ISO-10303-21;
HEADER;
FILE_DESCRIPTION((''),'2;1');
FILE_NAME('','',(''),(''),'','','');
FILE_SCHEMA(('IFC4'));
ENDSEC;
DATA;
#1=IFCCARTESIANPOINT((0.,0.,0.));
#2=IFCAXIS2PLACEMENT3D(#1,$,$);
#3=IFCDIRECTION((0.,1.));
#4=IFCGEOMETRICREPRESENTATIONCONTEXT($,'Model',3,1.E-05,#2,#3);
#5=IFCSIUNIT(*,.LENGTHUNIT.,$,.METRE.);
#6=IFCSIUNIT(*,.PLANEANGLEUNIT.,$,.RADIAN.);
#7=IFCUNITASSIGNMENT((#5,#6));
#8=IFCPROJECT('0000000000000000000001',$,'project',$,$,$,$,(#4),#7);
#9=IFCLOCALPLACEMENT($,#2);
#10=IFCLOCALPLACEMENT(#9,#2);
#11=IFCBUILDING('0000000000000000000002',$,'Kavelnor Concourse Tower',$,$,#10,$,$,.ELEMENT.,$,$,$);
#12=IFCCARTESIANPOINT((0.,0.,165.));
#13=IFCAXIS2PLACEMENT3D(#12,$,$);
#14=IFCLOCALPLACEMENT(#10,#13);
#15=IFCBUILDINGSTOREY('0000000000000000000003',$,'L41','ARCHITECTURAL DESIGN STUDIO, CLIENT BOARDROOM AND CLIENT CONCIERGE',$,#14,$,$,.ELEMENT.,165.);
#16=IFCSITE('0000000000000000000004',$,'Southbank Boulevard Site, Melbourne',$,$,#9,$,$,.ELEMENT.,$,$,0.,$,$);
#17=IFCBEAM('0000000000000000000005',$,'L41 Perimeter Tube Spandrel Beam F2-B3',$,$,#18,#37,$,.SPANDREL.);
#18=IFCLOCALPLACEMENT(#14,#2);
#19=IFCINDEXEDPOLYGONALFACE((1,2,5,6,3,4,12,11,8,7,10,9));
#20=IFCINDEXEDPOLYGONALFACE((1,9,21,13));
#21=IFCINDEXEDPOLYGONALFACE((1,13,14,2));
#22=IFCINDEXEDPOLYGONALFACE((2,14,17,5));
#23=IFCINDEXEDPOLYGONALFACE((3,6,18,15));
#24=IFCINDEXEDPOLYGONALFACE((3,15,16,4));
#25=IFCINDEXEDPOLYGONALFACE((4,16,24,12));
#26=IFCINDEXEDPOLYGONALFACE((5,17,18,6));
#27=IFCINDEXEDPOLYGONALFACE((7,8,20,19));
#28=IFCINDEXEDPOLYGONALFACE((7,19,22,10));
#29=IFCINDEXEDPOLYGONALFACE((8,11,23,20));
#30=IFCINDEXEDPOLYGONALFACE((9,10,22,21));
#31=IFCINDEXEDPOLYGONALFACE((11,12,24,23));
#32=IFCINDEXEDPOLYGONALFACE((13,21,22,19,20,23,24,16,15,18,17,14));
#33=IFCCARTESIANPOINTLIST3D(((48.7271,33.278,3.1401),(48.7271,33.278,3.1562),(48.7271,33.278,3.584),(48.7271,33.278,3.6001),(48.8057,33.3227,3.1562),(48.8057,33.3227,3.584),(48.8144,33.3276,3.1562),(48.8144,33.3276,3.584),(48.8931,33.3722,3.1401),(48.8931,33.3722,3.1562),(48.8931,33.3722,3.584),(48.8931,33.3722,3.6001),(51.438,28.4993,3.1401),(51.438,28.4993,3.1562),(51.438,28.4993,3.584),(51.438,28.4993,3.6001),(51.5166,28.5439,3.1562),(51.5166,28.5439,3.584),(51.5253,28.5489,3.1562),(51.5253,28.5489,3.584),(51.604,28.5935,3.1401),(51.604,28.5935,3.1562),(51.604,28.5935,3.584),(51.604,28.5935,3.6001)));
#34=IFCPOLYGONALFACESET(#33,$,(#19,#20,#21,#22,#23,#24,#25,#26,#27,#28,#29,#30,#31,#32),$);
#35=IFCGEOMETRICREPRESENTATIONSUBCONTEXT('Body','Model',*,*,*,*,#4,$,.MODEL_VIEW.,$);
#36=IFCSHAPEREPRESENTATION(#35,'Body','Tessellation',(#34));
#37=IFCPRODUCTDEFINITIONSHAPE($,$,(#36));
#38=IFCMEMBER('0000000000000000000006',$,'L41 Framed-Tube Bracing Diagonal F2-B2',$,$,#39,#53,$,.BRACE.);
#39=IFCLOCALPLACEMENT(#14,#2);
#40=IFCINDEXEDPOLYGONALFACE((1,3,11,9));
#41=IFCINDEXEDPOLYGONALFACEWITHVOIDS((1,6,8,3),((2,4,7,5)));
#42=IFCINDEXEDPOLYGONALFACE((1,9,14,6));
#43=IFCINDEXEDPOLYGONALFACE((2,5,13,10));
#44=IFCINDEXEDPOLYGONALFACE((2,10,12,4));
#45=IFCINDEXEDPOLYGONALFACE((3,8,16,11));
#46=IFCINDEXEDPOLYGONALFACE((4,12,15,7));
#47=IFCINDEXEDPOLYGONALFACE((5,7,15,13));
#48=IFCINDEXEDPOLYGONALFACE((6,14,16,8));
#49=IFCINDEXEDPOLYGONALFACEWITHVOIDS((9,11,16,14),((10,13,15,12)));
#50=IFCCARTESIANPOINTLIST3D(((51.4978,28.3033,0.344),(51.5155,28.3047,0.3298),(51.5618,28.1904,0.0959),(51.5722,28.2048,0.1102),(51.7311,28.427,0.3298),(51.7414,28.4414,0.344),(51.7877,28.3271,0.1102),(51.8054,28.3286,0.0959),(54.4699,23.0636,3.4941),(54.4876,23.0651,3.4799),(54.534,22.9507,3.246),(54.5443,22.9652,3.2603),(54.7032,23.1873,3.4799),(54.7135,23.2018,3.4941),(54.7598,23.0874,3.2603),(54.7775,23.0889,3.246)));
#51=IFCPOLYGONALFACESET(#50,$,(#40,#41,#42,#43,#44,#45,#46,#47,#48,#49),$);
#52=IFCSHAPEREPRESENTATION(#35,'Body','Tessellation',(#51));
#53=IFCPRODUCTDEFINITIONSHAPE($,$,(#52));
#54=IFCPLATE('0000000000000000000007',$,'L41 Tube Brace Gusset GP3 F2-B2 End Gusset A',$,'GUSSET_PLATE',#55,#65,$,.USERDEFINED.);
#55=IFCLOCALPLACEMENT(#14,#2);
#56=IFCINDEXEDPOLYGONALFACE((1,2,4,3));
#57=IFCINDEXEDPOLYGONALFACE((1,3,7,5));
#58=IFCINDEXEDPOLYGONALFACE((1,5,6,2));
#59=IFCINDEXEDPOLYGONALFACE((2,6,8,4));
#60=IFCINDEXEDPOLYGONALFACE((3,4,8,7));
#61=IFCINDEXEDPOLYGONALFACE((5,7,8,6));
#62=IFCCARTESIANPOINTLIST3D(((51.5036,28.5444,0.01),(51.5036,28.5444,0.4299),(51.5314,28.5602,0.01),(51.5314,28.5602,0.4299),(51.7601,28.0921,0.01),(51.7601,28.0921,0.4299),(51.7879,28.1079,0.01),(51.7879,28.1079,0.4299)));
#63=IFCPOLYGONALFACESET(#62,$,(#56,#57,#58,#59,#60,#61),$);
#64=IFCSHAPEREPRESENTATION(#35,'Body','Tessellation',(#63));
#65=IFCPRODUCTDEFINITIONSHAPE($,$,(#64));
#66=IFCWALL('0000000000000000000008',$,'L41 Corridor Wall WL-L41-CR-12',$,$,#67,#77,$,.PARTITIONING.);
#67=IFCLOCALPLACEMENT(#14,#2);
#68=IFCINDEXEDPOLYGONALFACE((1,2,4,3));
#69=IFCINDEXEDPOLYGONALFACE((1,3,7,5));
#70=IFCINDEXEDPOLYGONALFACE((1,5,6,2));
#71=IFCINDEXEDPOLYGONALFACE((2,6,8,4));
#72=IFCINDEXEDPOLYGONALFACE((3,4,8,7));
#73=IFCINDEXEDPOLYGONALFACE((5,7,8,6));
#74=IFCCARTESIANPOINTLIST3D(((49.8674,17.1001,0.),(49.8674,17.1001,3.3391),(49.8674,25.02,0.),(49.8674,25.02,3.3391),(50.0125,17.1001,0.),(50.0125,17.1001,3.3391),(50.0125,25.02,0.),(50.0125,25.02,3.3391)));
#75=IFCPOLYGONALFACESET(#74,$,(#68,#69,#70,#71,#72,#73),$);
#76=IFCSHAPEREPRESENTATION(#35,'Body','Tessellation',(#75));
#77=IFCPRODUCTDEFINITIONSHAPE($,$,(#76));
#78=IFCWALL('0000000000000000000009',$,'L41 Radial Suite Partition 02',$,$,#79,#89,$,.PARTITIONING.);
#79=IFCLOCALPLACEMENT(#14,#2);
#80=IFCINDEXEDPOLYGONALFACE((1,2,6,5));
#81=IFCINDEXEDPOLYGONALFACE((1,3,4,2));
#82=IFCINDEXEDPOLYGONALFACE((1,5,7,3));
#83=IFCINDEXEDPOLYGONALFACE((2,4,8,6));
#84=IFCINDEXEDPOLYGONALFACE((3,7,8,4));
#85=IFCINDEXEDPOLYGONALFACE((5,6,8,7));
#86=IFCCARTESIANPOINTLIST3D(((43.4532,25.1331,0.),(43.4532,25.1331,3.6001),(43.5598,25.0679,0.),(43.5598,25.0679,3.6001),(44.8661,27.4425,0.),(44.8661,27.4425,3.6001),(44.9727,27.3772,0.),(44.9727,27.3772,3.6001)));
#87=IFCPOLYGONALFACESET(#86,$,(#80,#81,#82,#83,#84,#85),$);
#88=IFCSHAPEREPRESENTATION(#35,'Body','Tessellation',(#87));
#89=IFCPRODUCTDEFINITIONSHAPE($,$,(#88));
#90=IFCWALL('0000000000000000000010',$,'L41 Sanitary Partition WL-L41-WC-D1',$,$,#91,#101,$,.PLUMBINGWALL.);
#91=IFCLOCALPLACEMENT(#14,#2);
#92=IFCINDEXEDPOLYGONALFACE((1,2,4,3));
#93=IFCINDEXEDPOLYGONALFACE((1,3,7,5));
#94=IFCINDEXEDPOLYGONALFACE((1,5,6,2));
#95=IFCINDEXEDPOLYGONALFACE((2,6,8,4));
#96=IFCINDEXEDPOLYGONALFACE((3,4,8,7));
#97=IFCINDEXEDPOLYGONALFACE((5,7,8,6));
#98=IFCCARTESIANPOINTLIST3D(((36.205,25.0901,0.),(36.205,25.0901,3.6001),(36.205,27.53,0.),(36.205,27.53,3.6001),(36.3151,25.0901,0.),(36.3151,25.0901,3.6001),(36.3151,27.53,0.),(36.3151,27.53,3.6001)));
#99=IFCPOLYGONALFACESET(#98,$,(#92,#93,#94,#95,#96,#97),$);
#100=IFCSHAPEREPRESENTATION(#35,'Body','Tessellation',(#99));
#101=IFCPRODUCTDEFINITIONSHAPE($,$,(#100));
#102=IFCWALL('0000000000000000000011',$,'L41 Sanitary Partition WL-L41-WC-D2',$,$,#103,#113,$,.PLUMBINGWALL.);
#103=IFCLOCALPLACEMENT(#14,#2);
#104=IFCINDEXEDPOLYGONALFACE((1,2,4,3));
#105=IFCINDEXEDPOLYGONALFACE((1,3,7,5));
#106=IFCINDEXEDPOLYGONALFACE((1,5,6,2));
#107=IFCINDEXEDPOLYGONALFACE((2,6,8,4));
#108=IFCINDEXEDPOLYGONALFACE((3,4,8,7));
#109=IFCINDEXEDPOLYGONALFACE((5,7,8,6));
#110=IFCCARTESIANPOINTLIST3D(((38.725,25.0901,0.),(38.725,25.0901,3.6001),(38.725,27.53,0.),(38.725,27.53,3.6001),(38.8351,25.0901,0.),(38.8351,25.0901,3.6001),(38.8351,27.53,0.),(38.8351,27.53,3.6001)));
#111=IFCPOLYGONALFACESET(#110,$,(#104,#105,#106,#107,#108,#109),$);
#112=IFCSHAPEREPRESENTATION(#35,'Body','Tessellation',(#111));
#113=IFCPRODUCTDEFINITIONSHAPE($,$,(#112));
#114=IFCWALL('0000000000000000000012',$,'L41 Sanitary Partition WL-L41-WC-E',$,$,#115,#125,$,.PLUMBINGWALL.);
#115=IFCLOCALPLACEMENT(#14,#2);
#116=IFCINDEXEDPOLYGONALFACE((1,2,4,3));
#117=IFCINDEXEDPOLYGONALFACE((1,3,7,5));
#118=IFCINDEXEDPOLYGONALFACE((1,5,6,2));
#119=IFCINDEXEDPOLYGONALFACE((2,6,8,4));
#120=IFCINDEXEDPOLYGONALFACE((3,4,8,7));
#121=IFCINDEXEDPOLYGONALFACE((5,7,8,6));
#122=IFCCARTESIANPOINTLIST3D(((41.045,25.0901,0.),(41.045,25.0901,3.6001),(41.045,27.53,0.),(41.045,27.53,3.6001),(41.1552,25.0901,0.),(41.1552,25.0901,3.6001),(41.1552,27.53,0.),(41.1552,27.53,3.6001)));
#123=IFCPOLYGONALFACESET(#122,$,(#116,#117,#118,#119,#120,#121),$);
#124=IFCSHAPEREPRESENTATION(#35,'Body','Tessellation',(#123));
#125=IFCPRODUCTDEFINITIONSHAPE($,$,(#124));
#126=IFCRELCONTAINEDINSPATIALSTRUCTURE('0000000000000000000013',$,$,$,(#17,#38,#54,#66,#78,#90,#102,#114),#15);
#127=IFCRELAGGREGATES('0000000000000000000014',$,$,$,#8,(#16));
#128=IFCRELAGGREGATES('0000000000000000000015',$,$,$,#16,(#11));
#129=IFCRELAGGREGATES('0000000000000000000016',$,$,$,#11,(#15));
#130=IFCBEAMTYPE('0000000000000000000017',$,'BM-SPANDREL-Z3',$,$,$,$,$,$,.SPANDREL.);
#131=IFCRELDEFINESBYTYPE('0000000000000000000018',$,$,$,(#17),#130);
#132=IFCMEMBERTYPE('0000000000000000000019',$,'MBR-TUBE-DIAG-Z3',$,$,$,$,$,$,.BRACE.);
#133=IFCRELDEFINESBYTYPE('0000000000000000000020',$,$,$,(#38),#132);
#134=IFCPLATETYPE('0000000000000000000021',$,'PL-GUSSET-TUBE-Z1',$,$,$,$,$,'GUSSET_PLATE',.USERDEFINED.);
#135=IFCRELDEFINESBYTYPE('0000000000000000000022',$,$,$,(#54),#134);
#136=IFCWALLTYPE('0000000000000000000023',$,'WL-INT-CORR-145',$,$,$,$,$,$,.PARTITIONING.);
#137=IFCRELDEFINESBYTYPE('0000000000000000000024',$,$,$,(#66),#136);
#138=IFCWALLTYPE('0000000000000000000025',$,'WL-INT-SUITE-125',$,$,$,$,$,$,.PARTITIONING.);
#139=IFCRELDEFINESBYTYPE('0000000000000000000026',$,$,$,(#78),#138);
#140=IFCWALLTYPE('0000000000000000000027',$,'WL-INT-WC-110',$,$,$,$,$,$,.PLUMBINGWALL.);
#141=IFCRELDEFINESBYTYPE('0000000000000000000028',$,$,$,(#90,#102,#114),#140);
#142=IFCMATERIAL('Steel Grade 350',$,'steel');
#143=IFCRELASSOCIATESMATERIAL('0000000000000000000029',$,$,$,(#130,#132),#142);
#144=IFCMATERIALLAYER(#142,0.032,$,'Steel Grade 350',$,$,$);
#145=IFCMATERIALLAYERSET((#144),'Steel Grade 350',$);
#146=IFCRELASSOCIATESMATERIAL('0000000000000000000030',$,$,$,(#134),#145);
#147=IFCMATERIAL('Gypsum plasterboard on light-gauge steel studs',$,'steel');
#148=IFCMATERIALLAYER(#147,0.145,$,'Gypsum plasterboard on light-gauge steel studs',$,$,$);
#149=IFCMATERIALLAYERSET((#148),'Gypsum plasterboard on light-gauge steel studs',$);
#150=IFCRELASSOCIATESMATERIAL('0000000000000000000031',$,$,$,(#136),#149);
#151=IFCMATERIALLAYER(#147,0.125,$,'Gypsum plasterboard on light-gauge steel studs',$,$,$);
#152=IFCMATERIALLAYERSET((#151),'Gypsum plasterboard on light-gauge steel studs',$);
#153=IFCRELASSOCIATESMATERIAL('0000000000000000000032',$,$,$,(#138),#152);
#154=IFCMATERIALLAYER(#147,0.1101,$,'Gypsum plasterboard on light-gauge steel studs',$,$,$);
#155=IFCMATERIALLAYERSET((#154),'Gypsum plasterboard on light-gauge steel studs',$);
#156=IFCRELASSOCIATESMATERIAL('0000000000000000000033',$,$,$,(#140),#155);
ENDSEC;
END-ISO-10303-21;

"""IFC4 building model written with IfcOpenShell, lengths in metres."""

from ifc_helpers import new_model, si_unit, direction, frame, frame_2d, origin, origin_2d, place, context, subcontext, project, spatial, rectangle, hollow_rectangle, i_section, extrude, material, layer, layer_set, material_profile, profile_set, type_object, element, save


model = new_model("IFC4")

# Units and contexts
model_context = context("Model", 3, precision=1e-05, world=origin(), true_north=direction((0.0, 1.0)))
body_context = subcontext(model_context, "Body", "Model", "MODEL_VIEW")
ifc_project = project(units=[si_unit("LENGTHUNIT", "METRE"), si_unit("PLANEANGLEUNIT", "RADIAN")], contexts=[model_context])

# Site, building, storey
site_placement = place(None, origin())
site = spatial("IfcSite", under=ifc_project, at=site_placement, Name="Southbank Boulevard Site, Melbourne", CompositionType="ELEMENT", RefElevation=0.0)
building_placement = place(site_placement, origin())
building = spatial("IfcBuilding", under=site, at=building_placement, Name="Kavelnor Concourse Tower", CompositionType="ELEMENT")
storey_placement = place(building_placement, frame((0.0, 0.0, 165.0)))
storey = spatial("IfcBuildingStorey", under=building, at=storey_placement, Name="L41", Description="ARCHITECTURAL DESIGN STUDIO, CLIENT BOARDROOM AND CLIENT CONCIERGE", CompositionType="ELEMENT", Elevation=165.0)

# Shared definitions
ifc_material_1 = material(Name="Steel Grade 350", Category="steel")

# Beam
ifc_material_profile_1 = material_profile(ifc_material_1, i_section(OverallWidth=0.1909, OverallDepth=0.46, WebThickness=0.01, FlangeThickness=0.0161, at=origin_2d()), Name="460UB82")
ifc_profile_set_1 = profile_set([ifc_material_profile_1], Name="Steel Grade 350")
beam_type_1 = type_object("IfcBeamType", Name="BM-SPANDREL-Z3", PredefinedType="SPANDREL", material=ifc_profile_set_1)
beam_1_placement = place(storey_placement, frame((51.521, 28.5464, 3.3701), z_axis=(-0.493418, 0.869792, 0.0), x_axis=(-0.869792, -0.493418, 0.0)))
element("IfcBeam", 1, at=beam_1_placement, inside=storey, type_object=beam_type_1, Name="L41 Perimeter Tube Spandrel Beam F2-B3", PredefinedType="SPANDREL", context=body_context, shape_type="SweptSolid", body=[
    extrude(i_section(OverallWidth=0.1909, OverallDepth=0.46, WebThickness=0.01, FlangeThickness=0.0161, at=origin_2d()), origin(), (0.0, 0.0, 1.0), 5.4941),
])

# Member
ifc_material_profile_2 = material_profile(ifc_material_1, hollow_rectangle(XDim=0.28, YDim=0.28, WallThickness=0.0161, at=origin_2d()), Name="SHS 280x280x16")
ifc_profile_set_2 = profile_set([ifc_material_profile_2], Name="Steel Grade 350")
member_type = type_object("IfcMemberType", Name="MBR-TUBE-DIAG-Z3", PredefinedType="BRACE", material=ifc_profile_set_2)
member_placement = place(storey_placement, frame((51.6516, 28.3159, 0.22), z_axis=(0.437215, -0.770783, 0.463396), x_axis=(0.86981, 0.493387, 0.0)))
element("IfcMember", 2, at=member_placement, inside=storey, type_object=member_type, Name="L41 Framed-Tube Bracing Diagonal F2-B2", PredefinedType="BRACE", context=body_context, shape_type="SweptSolid", body=[
    extrude(hollow_rectangle(XDim=0.28, YDim=0.28, WallThickness=0.0161, at=origin_2d()), origin(), (0.0, 0.0, 1.0), 6.7979),
])

# Plate
ifc_layer_1 = layer(ifc_material_1, 0.032, Name="Steel Grade 350")
ifc_layer_set_1 = layer_set([ifc_layer_1], Name="Steel Grade 350")
plate_type = type_object("IfcPlateType", Name="PL-GUSSET-TUBE-Z1", ElementType="GUSSET_PLATE", PredefinedType="USERDEFINED", material=ifc_layer_set_1)
plate_placement = place(storey_placement, frame((51.6458, 28.3262, 0.01), z_axis=(0.0, 0.0, 1.0), x_axis=(0.493335, -0.86984, 0.0)))
element("IfcPlate", 3, at=plate_placement, inside=storey, type_object=plate_type, Name="L41 Tube Brace Gusset GP3 F2-B2 End Gusset A", ObjectType="GUSSET_PLATE", PredefinedType="USERDEFINED", context=body_context, shape_type="SweptSolid", body=[
    extrude(rectangle(XDim=0.52, YDim=0.032, at=origin_2d()), origin(), (0.0, 0.0, 1.0), 0.4199),
])

# Walls
ifc_material_2 = material(Name="Gypsum plasterboard on light-gauge steel studs", Category="steel")
ifc_layer_2 = layer(ifc_material_2, 0.145, Name="Gypsum plasterboard on light-gauge steel studs")
ifc_layer_set_2 = layer_set([ifc_layer_2], Name="Gypsum plasterboard on light-gauge steel studs")
wall_type_1 = type_object("IfcWallType", Name="WL-INT-CORR-145", PredefinedType="PARTITIONING", material=ifc_layer_set_2)
wall_1_placement = place(storey_placement, frame((49.9399, 25.02, 0.0), z_axis=(0.0, 0.0, 1.0), x_axis=(0.0, -1.0, 0.0)))
element("IfcWall", 4, at=wall_1_placement, inside=storey, type_object=wall_type_1, Name="L41 Corridor Wall WL-L41-CR-12", PredefinedType="PARTITIONING", context=body_context, shape_type="SweptSolid", body=[
    extrude(rectangle(XDim=7.9199, YDim=0.145, at=frame_2d((3.96, 0.0))), origin(), (0.0, 0.0, 1.0), 3.3391),
])
ifc_layer_3 = layer(ifc_material_2, 0.125, Name="Gypsum plasterboard on light-gauge steel studs")
ifc_layer_set_3 = layer_set([ifc_layer_3], Name="Gypsum plasterboard on light-gauge steel studs")
wall_type_2 = type_object("IfcWallType", Name="WL-INT-SUITE-125", PredefinedType="PARTITIONING", material=ifc_layer_set_3)
wall_2_placement = place(storey_placement, frame((43.5066, 25.1006, 0.0), z_axis=(0.0, 0.0, 1.0), x_axis=(0.521877, 0.853021, 0.0)))
element("IfcWall", 5, at=wall_2_placement, inside=storey, type_object=wall_type_2, Name="L41 Radial Suite Partition 02", PredefinedType="PARTITIONING", context=body_context, shape_type="SweptSolid", body=[
    extrude(rectangle(XDim=2.7073, YDim=0.125, at=frame_2d((1.3535, 0.0))), origin(), (0.0, 0.0, 1.0), 3.6001),
])
ifc_layer_4 = layer(ifc_material_2, 0.1101, Name="Gypsum plasterboard on light-gauge steel studs")
ifc_layer_set_4 = layer_set([ifc_layer_4], Name="Gypsum plasterboard on light-gauge steel studs")
wall_type_3 = type_object("IfcWallType", Name="WL-INT-WC-110", PredefinedType="PLUMBINGWALL", material=ifc_layer_set_4)
for number, where, z_axis, x_axis, name in (
    (6, (36.26, 25.0901, 0.0), (0.0, 0.0, 1.0), (0.0, 1.0, 0.0), "L41 Sanitary Partition WL-L41-WC-D1"),
    (7, (38.78, 25.0901, 0.0), (0.0, 0.0, 1.0), (0.0, 1.0, 0.0), "L41 Sanitary Partition WL-L41-WC-D2"),
    (8, (41.1001, 25.0901, 0.0), (0.0, 0.0, 1.0), (0.0, 1.0, 0.0), "L41 Sanitary Partition WL-L41-WC-E"),
):
    element("IfcWall", number, at=place(storey_placement, frame(where, z_axis=z_axis, x_axis=x_axis)), inside=storey, type_object=wall_type_3, Name=name, PredefinedType="PLUMBINGWALL", context=body_context, shape_type="SweptSolid", body=[
        extrude(rectangle(XDim=2.4399, YDim=0.1101, at=frame_2d((1.22, 0.0))), origin(), (0.0, 0.0, 1.0), 3.6001),
    ])

save(model, "model.ifc")
